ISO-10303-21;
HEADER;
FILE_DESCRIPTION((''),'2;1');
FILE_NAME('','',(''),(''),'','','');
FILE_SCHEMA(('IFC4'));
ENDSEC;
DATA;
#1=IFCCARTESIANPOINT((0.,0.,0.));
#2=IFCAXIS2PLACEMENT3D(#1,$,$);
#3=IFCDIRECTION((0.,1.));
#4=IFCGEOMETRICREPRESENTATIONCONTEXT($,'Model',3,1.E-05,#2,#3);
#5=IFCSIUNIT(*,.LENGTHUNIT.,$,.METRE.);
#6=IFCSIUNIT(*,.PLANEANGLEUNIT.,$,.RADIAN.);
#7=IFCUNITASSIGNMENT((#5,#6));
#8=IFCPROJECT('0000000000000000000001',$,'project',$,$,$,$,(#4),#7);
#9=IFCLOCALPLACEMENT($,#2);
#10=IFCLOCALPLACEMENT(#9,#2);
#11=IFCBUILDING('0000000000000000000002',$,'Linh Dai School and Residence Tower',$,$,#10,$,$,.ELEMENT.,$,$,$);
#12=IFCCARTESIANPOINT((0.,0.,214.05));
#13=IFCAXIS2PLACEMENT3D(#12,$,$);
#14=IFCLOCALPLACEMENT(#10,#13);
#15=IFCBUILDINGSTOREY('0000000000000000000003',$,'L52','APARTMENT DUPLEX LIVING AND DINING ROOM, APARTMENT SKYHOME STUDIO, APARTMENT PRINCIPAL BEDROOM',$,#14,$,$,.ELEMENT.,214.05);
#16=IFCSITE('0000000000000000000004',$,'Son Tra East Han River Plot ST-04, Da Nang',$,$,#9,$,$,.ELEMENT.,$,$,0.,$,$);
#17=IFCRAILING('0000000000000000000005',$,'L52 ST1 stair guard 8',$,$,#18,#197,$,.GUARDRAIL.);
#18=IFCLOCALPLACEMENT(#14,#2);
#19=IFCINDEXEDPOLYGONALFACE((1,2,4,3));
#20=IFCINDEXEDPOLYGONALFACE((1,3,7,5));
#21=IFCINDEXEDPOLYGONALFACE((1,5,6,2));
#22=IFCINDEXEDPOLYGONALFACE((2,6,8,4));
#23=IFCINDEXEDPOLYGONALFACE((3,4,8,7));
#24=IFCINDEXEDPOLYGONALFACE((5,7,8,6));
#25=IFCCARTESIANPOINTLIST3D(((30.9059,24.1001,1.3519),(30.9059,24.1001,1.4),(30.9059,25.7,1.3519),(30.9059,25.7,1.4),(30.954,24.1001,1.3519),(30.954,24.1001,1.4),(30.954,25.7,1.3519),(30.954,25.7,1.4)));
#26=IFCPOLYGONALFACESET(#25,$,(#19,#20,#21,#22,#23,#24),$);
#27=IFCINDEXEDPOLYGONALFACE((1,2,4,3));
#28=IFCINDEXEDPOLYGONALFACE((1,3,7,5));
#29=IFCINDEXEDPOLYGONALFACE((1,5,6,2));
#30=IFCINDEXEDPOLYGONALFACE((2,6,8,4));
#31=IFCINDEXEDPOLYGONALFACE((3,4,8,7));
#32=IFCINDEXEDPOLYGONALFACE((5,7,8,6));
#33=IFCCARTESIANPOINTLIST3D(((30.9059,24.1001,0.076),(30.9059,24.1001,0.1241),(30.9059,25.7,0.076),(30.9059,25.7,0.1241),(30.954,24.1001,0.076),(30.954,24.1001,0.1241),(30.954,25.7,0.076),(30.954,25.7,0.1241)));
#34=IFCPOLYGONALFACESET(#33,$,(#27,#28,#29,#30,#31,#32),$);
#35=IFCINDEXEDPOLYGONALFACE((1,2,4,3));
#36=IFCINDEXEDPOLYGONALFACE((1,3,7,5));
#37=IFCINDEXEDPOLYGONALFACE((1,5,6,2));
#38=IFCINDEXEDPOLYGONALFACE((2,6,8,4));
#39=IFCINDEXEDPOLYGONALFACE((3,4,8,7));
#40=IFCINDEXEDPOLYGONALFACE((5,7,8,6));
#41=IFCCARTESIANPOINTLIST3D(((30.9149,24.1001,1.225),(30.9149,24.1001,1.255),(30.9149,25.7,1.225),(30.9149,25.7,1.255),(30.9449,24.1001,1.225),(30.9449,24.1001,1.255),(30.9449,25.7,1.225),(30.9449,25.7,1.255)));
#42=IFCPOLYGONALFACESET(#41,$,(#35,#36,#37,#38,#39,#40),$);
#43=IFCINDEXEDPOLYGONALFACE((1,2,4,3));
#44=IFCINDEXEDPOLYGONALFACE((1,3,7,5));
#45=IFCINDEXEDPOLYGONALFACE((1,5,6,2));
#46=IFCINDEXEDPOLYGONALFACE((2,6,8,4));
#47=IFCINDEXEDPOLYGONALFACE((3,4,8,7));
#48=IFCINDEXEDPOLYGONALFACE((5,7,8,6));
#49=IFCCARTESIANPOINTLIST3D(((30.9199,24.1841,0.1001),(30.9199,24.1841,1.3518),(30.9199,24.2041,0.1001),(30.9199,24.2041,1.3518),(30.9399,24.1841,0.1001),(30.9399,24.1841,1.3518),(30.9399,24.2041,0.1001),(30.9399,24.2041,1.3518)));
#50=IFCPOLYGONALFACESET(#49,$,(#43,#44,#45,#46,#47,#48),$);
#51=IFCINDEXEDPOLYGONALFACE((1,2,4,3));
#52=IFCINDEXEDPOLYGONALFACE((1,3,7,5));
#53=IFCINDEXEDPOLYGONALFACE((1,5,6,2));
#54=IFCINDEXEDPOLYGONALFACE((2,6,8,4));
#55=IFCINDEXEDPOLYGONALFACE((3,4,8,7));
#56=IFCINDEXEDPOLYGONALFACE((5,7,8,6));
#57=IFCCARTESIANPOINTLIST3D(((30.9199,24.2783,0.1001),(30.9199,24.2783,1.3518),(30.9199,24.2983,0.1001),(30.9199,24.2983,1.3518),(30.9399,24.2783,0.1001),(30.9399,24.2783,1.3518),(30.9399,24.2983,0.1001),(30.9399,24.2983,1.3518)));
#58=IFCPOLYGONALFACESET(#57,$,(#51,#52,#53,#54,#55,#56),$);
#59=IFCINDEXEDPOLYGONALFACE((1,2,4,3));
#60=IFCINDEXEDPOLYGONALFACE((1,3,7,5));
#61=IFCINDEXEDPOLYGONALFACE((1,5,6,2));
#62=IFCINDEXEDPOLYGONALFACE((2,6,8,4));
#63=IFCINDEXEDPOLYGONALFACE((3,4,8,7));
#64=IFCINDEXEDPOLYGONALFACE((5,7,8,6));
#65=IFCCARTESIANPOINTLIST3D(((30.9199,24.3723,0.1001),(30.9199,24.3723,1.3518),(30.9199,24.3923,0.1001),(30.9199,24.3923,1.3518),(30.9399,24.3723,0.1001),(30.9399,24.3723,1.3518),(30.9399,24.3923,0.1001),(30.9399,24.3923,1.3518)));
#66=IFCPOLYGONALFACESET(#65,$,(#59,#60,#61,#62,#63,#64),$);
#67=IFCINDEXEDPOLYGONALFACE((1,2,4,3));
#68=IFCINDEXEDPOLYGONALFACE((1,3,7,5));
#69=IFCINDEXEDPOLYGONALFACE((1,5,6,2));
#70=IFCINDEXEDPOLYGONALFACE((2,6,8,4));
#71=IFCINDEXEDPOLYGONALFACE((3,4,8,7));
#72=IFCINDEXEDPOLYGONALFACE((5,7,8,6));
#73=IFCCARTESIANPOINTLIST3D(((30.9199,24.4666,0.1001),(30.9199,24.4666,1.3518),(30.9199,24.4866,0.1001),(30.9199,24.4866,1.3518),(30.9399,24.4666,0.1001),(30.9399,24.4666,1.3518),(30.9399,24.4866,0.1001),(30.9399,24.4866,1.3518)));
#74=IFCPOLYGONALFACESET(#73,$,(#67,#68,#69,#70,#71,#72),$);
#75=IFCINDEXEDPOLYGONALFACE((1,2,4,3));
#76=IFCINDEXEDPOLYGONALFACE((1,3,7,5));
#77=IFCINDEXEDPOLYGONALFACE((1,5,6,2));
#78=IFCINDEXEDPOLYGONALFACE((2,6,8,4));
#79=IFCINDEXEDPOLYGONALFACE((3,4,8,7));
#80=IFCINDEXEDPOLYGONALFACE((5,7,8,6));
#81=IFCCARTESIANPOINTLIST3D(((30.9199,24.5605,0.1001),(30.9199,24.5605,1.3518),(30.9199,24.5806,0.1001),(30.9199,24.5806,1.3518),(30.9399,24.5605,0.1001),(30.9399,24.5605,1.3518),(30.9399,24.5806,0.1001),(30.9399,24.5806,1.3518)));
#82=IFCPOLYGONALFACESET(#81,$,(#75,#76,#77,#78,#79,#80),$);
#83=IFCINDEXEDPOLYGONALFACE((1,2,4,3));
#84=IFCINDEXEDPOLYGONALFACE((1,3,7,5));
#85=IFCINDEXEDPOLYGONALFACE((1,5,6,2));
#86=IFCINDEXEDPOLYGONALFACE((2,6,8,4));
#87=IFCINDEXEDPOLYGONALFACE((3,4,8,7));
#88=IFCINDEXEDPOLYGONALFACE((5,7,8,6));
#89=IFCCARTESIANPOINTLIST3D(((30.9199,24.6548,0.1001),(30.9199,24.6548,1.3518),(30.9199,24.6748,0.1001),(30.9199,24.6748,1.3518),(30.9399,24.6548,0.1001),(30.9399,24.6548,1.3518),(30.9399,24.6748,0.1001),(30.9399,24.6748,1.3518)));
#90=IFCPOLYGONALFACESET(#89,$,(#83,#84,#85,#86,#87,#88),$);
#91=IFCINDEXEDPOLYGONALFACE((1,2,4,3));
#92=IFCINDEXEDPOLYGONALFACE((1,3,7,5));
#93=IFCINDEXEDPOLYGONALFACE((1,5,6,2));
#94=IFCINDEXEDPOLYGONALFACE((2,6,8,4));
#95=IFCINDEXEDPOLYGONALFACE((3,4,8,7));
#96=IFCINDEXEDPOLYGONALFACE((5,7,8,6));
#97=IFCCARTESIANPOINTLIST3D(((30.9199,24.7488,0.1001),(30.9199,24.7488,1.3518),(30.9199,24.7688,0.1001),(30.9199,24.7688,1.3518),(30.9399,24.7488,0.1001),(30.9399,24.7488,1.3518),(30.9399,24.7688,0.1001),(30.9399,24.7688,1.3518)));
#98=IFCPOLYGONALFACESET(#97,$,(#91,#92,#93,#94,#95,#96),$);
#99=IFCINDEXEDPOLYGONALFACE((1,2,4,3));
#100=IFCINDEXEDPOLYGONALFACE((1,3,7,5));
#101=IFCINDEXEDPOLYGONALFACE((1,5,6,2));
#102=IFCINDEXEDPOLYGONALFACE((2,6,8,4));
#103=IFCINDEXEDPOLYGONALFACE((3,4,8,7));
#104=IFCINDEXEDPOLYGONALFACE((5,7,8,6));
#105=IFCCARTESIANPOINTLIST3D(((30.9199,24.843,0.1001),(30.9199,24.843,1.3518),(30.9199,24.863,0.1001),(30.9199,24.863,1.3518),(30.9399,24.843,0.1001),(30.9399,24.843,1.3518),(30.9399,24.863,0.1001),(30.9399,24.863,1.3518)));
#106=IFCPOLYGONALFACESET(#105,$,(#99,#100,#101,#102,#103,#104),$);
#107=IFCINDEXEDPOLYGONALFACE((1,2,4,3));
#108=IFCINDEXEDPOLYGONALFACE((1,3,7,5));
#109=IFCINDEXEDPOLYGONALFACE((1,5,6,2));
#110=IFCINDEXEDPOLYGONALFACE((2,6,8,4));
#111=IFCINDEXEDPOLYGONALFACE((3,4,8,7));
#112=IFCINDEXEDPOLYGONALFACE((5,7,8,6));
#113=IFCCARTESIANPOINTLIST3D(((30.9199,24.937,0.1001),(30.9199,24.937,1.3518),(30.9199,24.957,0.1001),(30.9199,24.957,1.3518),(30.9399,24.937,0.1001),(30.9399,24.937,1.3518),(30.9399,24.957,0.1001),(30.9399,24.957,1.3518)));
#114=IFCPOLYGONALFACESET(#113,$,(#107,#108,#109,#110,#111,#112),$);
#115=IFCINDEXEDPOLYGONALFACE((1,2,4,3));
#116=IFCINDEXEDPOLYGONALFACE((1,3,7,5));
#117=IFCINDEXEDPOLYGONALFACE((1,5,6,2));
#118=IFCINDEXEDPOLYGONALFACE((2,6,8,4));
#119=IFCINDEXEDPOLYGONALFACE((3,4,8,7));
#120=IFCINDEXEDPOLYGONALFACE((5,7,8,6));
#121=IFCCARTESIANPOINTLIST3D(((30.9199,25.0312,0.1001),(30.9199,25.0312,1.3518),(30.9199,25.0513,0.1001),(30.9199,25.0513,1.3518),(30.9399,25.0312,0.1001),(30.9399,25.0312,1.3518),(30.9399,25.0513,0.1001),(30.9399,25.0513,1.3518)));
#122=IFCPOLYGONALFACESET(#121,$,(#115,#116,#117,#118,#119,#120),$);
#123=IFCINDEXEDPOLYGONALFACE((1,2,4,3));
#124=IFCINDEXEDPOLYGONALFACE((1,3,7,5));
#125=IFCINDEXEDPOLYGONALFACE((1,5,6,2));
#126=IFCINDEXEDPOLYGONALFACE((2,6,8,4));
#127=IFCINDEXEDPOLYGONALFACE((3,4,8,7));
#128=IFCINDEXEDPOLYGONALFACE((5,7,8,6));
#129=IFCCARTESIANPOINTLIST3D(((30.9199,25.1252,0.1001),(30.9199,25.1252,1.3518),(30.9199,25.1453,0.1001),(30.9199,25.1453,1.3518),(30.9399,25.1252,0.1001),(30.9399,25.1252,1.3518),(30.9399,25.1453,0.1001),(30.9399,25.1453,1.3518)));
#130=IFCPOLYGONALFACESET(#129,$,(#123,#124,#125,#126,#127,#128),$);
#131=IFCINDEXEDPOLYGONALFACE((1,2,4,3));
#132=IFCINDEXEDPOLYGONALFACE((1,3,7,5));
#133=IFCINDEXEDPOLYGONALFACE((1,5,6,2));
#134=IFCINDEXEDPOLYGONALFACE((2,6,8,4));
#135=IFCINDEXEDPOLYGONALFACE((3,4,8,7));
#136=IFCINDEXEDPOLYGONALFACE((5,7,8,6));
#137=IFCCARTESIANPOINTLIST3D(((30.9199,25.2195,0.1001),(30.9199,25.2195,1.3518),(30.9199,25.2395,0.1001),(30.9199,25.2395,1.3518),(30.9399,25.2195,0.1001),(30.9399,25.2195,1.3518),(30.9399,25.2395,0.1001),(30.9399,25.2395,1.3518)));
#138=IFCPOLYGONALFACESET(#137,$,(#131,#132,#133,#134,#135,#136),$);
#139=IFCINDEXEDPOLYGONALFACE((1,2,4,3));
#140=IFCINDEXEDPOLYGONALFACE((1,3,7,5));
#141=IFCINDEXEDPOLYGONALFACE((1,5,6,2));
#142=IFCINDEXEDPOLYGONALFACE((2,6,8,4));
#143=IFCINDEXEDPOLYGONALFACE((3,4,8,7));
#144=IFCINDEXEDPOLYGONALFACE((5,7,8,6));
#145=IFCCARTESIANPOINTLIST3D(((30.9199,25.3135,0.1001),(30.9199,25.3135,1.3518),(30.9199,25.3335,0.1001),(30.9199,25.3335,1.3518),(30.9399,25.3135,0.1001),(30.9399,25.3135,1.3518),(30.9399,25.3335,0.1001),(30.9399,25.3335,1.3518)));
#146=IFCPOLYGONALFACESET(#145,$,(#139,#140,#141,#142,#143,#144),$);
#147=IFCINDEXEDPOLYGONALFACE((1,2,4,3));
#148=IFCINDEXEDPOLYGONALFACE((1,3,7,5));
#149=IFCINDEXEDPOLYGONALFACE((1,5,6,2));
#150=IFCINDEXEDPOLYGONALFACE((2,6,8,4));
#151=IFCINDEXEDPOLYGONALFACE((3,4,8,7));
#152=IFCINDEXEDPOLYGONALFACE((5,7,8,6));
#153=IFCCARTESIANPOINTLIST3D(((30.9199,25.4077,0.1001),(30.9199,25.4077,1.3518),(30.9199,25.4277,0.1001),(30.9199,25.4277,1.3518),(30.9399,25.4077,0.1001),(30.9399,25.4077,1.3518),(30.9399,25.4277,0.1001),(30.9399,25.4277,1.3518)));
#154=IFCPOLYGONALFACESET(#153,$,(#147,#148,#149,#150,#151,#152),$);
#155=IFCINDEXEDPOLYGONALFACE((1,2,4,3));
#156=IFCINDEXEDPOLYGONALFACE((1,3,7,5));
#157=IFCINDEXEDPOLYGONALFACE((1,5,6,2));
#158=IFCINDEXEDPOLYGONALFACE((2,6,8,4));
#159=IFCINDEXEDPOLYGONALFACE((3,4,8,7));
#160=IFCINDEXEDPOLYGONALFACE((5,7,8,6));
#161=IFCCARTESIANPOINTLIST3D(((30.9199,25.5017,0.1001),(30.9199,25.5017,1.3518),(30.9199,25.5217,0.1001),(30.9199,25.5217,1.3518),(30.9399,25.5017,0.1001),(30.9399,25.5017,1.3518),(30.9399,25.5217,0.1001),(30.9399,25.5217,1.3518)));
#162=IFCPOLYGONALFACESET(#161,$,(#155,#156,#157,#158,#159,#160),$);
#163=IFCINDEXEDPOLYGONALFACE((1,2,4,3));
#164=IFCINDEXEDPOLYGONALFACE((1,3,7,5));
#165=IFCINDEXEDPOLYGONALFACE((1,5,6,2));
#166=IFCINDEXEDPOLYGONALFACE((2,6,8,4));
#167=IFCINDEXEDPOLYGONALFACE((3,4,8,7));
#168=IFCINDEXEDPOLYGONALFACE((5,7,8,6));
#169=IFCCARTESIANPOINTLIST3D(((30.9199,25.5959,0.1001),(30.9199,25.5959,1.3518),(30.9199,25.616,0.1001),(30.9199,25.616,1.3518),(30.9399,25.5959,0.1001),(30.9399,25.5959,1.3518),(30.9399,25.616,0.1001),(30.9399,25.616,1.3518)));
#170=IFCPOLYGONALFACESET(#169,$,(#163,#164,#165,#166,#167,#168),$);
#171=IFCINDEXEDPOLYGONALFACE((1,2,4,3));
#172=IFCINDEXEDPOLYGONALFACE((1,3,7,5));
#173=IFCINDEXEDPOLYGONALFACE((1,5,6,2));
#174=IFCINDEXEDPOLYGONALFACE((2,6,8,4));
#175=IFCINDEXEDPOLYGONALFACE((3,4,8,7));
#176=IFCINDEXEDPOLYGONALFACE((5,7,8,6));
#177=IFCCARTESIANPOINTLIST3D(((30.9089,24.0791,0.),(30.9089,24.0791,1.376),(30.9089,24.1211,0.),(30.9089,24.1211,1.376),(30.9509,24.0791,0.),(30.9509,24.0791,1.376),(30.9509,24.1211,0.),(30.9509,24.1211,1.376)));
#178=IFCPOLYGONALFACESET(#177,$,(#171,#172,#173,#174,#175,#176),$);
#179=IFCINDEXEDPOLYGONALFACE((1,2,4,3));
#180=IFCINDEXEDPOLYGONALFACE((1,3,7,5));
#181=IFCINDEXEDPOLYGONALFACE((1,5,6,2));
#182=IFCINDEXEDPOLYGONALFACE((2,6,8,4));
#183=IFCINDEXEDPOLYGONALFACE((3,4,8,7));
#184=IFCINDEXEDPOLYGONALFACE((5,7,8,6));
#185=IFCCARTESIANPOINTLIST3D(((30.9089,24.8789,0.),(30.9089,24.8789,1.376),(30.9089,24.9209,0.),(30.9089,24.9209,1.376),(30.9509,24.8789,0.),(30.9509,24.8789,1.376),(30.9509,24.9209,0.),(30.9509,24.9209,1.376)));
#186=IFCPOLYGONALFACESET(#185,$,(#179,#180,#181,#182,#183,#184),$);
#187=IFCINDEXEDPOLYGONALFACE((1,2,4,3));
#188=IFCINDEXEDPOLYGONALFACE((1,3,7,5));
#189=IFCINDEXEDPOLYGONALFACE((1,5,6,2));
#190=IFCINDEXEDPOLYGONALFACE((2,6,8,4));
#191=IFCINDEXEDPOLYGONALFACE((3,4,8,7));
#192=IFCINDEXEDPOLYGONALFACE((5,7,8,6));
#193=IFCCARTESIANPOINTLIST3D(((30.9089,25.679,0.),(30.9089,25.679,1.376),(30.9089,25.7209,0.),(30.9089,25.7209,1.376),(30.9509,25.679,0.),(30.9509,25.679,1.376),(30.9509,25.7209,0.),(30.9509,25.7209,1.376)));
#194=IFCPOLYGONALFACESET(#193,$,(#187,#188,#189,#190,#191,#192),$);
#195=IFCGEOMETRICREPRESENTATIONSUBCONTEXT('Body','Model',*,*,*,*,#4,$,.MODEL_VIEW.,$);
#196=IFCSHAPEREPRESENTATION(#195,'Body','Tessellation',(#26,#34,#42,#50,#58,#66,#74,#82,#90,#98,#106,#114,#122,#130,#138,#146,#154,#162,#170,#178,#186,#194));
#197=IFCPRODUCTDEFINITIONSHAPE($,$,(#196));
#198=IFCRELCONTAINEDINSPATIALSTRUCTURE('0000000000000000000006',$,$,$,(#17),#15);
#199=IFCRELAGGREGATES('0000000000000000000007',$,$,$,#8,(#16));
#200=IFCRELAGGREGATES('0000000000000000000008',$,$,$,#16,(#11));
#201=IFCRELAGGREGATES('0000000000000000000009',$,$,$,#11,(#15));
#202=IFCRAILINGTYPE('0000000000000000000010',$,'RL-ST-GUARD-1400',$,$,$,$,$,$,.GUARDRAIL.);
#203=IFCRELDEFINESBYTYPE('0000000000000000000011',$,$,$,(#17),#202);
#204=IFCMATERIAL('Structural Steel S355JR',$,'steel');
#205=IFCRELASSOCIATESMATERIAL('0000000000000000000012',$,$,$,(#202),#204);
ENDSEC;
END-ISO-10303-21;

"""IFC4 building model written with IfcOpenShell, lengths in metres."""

from ifc_helpers import new_model, si_unit, direction, frame, origin, origin_2d, place, context, subcontext, project, spatial, rectangle, extrude, source, transform, mapped, material, type_object, element, save


model = new_model("IFC4")

# Units and contexts
model_context = context("Model", 3, precision=1e-05, world=origin(), true_north=direction((0.0, 1.0)))
body_context = subcontext(model_context, "Body", "Model", "MODEL_VIEW")
ifc_project = project(units=[si_unit("LENGTHUNIT", "METRE"), si_unit("PLANEANGLEUNIT", "RADIAN")], contexts=[model_context])

# Site, building, storey
site_placement = place(None, origin())
site = spatial("IfcSite", under=ifc_project, at=site_placement, Name="Son Tra East Han River Plot ST-04, Da Nang", CompositionType="ELEMENT", RefElevation=0.0)
building_placement = place(site_placement, origin())
building = spatial("IfcBuilding", under=site, at=building_placement, Name="Linh Dai School and Residence Tower", CompositionType="ELEMENT")
storey_placement = place(building_placement, frame((0.0, 0.0, 214.05)))
storey = spatial("IfcBuildingStorey", under=building, at=storey_placement, Name="L52", Description="APARTMENT DUPLEX LIVING AND DINING ROOM, APARTMENT SKYHOME STUDIO, APARTMENT PRINCIPAL BEDROOM", CompositionType="ELEMENT", Elevation=214.05)

# Shared definitions
ifc_material_1 = material(Name="Structural Steel S355JR", Category="steel")

# Railing
railing_type = type_object("IfcRailingType", Name="RL-ST-GUARD-1400", PredefinedType="GUARDRAIL", material=ifc_material_1)
shared_shape_1 = source(origin(), body_context, "Body", "SweptSolid", [
    extrude(rectangle(XDim=0.0481, YDim=0.0481, at=origin_2d()), frame((0.0, 0.0, 1.376), z_axis=(0.0, 1.0, 0.0), x_axis=(-1.0, 0.0, 0.0)), (0.0, 0.0, 1.0), 1.5999),
    extrude(rectangle(XDim=0.0481, YDim=0.0481, at=origin_2d()), frame((0.0, 0.0, 0.1001), z_axis=(0.0, 1.0, 0.0), x_axis=(-1.0, 0.0, 0.0)), (0.0, 0.0, 1.0), 1.5999),
    extrude(rectangle(XDim=0.03, YDim=0.03, at=origin_2d()), frame((0.0, 0.0, 1.24), z_axis=(0.0, 1.0, 0.0), x_axis=(-1.0, 0.0, 0.0)), (0.0, 0.0, 1.0), 1.5999),
    extrude(rectangle(XDim=0.02, YDim=0.02, at=origin_2d()), frame((0.0, 0.094, 0.1001)), (0.0, 0.0, 1.0), 1.2517),
    extrude(rectangle(XDim=0.02, YDim=0.02, at=origin_2d()), frame((0.0, 0.1882, 0.1001)), (0.0, 0.0, 1.0), 1.2517),
    extrude(rectangle(XDim=0.02, YDim=0.02, at=origin_2d()), frame((0.0, 0.2822, 0.1001)), (0.0, 0.0, 1.0), 1.2517),
    extrude(rectangle(XDim=0.02, YDim=0.02, at=origin_2d()), frame((0.0, 0.3765, 0.1001)), (0.0, 0.0, 1.0), 1.2517),
    extrude(rectangle(XDim=0.02, YDim=0.02, at=origin_2d()), frame((0.0, 0.4705, 0.1001)), (0.0, 0.0, 1.0), 1.2517),
    extrude(rectangle(XDim=0.02, YDim=0.02, at=origin_2d()), frame((0.0, 0.5647, 0.1001)), (0.0, 0.0, 1.0), 1.2517),
    extrude(rectangle(XDim=0.02, YDim=0.02, at=origin_2d()), frame((0.0, 0.6587, 0.1001)), (0.0, 0.0, 1.0), 1.2517),
    extrude(rectangle(XDim=0.02, YDim=0.02, at=origin_2d()), frame((0.0, 0.7529, 0.1001)), (0.0, 0.0, 1.0), 1.2517),
    extrude(rectangle(XDim=0.02, YDim=0.02, at=origin_2d()), frame((0.0, 0.8469, 0.1001)), (0.0, 0.0, 1.0), 1.2517),
    extrude(rectangle(XDim=0.02, YDim=0.02, at=origin_2d()), frame((0.0, 0.9412, 0.1001)), (0.0, 0.0, 1.0), 1.2517),
    extrude(rectangle(XDim=0.02, YDim=0.02, at=origin_2d()), frame((0.0, 1.0352, 0.1001)), (0.0, 0.0, 1.0), 1.2517),
    extrude(rectangle(XDim=0.02, YDim=0.02, at=origin_2d()), frame((0.0, 1.1294, 0.1001)), (0.0, 0.0, 1.0), 1.2517),
    extrude(rectangle(XDim=0.02, YDim=0.02, at=origin_2d()), frame((0.0, 1.2234, 0.1001)), (0.0, 0.0, 1.0), 1.2517),
    extrude(rectangle(XDim=0.02, YDim=0.02, at=origin_2d()), frame((0.0, 1.3176, 0.1001)), (0.0, 0.0, 1.0), 1.2517),
    extrude(rectangle(XDim=0.02, YDim=0.02, at=origin_2d()), frame((0.0, 1.4116, 0.1001)), (0.0, 0.0, 1.0), 1.2517),
    extrude(rectangle(XDim=0.02, YDim=0.02, at=origin_2d()), frame((0.0, 1.5059, 0.1001)), (0.0, 0.0, 1.0), 1.2517),
    extrude(rectangle(XDim=0.042, YDim=0.042, at=origin_2d()), origin(), (0.0, 0.0, 1.0), 1.376),
    extrude(rectangle(XDim=0.042, YDim=0.042, at=origin_2d()), frame((0.0, 0.7998, 0.0)), (0.0, 0.0, 1.0), 1.376),
    extrude(rectangle(XDim=0.042, YDim=0.042, at=origin_2d()), frame((0.0, 1.5999, 0.0)), (0.0, 0.0, 1.0), 1.376),
])
for number, where, name in (
    (1, (30.9299, 24.1001, 0.0), "L52 ST1 stair guard 8"),
):
    element("IfcRailing", number, at=place(storey_placement, frame(where)), inside=storey, type_object=railing_type, Name=name, PredefinedType="GUARDRAIL", context=body_context, shape_type="MappedRepresentation", body=[
        mapped(shared_shape_1, transform((0.0, 0.0, 0.0), x_axis=(1.0, 0.0, 0.0), y_axis=(0.0, 1.0, 0.0), z_axis=(0.0, 0.0, 1.0), scale=1.0)),
    ])

save(model, "model.ifc")
